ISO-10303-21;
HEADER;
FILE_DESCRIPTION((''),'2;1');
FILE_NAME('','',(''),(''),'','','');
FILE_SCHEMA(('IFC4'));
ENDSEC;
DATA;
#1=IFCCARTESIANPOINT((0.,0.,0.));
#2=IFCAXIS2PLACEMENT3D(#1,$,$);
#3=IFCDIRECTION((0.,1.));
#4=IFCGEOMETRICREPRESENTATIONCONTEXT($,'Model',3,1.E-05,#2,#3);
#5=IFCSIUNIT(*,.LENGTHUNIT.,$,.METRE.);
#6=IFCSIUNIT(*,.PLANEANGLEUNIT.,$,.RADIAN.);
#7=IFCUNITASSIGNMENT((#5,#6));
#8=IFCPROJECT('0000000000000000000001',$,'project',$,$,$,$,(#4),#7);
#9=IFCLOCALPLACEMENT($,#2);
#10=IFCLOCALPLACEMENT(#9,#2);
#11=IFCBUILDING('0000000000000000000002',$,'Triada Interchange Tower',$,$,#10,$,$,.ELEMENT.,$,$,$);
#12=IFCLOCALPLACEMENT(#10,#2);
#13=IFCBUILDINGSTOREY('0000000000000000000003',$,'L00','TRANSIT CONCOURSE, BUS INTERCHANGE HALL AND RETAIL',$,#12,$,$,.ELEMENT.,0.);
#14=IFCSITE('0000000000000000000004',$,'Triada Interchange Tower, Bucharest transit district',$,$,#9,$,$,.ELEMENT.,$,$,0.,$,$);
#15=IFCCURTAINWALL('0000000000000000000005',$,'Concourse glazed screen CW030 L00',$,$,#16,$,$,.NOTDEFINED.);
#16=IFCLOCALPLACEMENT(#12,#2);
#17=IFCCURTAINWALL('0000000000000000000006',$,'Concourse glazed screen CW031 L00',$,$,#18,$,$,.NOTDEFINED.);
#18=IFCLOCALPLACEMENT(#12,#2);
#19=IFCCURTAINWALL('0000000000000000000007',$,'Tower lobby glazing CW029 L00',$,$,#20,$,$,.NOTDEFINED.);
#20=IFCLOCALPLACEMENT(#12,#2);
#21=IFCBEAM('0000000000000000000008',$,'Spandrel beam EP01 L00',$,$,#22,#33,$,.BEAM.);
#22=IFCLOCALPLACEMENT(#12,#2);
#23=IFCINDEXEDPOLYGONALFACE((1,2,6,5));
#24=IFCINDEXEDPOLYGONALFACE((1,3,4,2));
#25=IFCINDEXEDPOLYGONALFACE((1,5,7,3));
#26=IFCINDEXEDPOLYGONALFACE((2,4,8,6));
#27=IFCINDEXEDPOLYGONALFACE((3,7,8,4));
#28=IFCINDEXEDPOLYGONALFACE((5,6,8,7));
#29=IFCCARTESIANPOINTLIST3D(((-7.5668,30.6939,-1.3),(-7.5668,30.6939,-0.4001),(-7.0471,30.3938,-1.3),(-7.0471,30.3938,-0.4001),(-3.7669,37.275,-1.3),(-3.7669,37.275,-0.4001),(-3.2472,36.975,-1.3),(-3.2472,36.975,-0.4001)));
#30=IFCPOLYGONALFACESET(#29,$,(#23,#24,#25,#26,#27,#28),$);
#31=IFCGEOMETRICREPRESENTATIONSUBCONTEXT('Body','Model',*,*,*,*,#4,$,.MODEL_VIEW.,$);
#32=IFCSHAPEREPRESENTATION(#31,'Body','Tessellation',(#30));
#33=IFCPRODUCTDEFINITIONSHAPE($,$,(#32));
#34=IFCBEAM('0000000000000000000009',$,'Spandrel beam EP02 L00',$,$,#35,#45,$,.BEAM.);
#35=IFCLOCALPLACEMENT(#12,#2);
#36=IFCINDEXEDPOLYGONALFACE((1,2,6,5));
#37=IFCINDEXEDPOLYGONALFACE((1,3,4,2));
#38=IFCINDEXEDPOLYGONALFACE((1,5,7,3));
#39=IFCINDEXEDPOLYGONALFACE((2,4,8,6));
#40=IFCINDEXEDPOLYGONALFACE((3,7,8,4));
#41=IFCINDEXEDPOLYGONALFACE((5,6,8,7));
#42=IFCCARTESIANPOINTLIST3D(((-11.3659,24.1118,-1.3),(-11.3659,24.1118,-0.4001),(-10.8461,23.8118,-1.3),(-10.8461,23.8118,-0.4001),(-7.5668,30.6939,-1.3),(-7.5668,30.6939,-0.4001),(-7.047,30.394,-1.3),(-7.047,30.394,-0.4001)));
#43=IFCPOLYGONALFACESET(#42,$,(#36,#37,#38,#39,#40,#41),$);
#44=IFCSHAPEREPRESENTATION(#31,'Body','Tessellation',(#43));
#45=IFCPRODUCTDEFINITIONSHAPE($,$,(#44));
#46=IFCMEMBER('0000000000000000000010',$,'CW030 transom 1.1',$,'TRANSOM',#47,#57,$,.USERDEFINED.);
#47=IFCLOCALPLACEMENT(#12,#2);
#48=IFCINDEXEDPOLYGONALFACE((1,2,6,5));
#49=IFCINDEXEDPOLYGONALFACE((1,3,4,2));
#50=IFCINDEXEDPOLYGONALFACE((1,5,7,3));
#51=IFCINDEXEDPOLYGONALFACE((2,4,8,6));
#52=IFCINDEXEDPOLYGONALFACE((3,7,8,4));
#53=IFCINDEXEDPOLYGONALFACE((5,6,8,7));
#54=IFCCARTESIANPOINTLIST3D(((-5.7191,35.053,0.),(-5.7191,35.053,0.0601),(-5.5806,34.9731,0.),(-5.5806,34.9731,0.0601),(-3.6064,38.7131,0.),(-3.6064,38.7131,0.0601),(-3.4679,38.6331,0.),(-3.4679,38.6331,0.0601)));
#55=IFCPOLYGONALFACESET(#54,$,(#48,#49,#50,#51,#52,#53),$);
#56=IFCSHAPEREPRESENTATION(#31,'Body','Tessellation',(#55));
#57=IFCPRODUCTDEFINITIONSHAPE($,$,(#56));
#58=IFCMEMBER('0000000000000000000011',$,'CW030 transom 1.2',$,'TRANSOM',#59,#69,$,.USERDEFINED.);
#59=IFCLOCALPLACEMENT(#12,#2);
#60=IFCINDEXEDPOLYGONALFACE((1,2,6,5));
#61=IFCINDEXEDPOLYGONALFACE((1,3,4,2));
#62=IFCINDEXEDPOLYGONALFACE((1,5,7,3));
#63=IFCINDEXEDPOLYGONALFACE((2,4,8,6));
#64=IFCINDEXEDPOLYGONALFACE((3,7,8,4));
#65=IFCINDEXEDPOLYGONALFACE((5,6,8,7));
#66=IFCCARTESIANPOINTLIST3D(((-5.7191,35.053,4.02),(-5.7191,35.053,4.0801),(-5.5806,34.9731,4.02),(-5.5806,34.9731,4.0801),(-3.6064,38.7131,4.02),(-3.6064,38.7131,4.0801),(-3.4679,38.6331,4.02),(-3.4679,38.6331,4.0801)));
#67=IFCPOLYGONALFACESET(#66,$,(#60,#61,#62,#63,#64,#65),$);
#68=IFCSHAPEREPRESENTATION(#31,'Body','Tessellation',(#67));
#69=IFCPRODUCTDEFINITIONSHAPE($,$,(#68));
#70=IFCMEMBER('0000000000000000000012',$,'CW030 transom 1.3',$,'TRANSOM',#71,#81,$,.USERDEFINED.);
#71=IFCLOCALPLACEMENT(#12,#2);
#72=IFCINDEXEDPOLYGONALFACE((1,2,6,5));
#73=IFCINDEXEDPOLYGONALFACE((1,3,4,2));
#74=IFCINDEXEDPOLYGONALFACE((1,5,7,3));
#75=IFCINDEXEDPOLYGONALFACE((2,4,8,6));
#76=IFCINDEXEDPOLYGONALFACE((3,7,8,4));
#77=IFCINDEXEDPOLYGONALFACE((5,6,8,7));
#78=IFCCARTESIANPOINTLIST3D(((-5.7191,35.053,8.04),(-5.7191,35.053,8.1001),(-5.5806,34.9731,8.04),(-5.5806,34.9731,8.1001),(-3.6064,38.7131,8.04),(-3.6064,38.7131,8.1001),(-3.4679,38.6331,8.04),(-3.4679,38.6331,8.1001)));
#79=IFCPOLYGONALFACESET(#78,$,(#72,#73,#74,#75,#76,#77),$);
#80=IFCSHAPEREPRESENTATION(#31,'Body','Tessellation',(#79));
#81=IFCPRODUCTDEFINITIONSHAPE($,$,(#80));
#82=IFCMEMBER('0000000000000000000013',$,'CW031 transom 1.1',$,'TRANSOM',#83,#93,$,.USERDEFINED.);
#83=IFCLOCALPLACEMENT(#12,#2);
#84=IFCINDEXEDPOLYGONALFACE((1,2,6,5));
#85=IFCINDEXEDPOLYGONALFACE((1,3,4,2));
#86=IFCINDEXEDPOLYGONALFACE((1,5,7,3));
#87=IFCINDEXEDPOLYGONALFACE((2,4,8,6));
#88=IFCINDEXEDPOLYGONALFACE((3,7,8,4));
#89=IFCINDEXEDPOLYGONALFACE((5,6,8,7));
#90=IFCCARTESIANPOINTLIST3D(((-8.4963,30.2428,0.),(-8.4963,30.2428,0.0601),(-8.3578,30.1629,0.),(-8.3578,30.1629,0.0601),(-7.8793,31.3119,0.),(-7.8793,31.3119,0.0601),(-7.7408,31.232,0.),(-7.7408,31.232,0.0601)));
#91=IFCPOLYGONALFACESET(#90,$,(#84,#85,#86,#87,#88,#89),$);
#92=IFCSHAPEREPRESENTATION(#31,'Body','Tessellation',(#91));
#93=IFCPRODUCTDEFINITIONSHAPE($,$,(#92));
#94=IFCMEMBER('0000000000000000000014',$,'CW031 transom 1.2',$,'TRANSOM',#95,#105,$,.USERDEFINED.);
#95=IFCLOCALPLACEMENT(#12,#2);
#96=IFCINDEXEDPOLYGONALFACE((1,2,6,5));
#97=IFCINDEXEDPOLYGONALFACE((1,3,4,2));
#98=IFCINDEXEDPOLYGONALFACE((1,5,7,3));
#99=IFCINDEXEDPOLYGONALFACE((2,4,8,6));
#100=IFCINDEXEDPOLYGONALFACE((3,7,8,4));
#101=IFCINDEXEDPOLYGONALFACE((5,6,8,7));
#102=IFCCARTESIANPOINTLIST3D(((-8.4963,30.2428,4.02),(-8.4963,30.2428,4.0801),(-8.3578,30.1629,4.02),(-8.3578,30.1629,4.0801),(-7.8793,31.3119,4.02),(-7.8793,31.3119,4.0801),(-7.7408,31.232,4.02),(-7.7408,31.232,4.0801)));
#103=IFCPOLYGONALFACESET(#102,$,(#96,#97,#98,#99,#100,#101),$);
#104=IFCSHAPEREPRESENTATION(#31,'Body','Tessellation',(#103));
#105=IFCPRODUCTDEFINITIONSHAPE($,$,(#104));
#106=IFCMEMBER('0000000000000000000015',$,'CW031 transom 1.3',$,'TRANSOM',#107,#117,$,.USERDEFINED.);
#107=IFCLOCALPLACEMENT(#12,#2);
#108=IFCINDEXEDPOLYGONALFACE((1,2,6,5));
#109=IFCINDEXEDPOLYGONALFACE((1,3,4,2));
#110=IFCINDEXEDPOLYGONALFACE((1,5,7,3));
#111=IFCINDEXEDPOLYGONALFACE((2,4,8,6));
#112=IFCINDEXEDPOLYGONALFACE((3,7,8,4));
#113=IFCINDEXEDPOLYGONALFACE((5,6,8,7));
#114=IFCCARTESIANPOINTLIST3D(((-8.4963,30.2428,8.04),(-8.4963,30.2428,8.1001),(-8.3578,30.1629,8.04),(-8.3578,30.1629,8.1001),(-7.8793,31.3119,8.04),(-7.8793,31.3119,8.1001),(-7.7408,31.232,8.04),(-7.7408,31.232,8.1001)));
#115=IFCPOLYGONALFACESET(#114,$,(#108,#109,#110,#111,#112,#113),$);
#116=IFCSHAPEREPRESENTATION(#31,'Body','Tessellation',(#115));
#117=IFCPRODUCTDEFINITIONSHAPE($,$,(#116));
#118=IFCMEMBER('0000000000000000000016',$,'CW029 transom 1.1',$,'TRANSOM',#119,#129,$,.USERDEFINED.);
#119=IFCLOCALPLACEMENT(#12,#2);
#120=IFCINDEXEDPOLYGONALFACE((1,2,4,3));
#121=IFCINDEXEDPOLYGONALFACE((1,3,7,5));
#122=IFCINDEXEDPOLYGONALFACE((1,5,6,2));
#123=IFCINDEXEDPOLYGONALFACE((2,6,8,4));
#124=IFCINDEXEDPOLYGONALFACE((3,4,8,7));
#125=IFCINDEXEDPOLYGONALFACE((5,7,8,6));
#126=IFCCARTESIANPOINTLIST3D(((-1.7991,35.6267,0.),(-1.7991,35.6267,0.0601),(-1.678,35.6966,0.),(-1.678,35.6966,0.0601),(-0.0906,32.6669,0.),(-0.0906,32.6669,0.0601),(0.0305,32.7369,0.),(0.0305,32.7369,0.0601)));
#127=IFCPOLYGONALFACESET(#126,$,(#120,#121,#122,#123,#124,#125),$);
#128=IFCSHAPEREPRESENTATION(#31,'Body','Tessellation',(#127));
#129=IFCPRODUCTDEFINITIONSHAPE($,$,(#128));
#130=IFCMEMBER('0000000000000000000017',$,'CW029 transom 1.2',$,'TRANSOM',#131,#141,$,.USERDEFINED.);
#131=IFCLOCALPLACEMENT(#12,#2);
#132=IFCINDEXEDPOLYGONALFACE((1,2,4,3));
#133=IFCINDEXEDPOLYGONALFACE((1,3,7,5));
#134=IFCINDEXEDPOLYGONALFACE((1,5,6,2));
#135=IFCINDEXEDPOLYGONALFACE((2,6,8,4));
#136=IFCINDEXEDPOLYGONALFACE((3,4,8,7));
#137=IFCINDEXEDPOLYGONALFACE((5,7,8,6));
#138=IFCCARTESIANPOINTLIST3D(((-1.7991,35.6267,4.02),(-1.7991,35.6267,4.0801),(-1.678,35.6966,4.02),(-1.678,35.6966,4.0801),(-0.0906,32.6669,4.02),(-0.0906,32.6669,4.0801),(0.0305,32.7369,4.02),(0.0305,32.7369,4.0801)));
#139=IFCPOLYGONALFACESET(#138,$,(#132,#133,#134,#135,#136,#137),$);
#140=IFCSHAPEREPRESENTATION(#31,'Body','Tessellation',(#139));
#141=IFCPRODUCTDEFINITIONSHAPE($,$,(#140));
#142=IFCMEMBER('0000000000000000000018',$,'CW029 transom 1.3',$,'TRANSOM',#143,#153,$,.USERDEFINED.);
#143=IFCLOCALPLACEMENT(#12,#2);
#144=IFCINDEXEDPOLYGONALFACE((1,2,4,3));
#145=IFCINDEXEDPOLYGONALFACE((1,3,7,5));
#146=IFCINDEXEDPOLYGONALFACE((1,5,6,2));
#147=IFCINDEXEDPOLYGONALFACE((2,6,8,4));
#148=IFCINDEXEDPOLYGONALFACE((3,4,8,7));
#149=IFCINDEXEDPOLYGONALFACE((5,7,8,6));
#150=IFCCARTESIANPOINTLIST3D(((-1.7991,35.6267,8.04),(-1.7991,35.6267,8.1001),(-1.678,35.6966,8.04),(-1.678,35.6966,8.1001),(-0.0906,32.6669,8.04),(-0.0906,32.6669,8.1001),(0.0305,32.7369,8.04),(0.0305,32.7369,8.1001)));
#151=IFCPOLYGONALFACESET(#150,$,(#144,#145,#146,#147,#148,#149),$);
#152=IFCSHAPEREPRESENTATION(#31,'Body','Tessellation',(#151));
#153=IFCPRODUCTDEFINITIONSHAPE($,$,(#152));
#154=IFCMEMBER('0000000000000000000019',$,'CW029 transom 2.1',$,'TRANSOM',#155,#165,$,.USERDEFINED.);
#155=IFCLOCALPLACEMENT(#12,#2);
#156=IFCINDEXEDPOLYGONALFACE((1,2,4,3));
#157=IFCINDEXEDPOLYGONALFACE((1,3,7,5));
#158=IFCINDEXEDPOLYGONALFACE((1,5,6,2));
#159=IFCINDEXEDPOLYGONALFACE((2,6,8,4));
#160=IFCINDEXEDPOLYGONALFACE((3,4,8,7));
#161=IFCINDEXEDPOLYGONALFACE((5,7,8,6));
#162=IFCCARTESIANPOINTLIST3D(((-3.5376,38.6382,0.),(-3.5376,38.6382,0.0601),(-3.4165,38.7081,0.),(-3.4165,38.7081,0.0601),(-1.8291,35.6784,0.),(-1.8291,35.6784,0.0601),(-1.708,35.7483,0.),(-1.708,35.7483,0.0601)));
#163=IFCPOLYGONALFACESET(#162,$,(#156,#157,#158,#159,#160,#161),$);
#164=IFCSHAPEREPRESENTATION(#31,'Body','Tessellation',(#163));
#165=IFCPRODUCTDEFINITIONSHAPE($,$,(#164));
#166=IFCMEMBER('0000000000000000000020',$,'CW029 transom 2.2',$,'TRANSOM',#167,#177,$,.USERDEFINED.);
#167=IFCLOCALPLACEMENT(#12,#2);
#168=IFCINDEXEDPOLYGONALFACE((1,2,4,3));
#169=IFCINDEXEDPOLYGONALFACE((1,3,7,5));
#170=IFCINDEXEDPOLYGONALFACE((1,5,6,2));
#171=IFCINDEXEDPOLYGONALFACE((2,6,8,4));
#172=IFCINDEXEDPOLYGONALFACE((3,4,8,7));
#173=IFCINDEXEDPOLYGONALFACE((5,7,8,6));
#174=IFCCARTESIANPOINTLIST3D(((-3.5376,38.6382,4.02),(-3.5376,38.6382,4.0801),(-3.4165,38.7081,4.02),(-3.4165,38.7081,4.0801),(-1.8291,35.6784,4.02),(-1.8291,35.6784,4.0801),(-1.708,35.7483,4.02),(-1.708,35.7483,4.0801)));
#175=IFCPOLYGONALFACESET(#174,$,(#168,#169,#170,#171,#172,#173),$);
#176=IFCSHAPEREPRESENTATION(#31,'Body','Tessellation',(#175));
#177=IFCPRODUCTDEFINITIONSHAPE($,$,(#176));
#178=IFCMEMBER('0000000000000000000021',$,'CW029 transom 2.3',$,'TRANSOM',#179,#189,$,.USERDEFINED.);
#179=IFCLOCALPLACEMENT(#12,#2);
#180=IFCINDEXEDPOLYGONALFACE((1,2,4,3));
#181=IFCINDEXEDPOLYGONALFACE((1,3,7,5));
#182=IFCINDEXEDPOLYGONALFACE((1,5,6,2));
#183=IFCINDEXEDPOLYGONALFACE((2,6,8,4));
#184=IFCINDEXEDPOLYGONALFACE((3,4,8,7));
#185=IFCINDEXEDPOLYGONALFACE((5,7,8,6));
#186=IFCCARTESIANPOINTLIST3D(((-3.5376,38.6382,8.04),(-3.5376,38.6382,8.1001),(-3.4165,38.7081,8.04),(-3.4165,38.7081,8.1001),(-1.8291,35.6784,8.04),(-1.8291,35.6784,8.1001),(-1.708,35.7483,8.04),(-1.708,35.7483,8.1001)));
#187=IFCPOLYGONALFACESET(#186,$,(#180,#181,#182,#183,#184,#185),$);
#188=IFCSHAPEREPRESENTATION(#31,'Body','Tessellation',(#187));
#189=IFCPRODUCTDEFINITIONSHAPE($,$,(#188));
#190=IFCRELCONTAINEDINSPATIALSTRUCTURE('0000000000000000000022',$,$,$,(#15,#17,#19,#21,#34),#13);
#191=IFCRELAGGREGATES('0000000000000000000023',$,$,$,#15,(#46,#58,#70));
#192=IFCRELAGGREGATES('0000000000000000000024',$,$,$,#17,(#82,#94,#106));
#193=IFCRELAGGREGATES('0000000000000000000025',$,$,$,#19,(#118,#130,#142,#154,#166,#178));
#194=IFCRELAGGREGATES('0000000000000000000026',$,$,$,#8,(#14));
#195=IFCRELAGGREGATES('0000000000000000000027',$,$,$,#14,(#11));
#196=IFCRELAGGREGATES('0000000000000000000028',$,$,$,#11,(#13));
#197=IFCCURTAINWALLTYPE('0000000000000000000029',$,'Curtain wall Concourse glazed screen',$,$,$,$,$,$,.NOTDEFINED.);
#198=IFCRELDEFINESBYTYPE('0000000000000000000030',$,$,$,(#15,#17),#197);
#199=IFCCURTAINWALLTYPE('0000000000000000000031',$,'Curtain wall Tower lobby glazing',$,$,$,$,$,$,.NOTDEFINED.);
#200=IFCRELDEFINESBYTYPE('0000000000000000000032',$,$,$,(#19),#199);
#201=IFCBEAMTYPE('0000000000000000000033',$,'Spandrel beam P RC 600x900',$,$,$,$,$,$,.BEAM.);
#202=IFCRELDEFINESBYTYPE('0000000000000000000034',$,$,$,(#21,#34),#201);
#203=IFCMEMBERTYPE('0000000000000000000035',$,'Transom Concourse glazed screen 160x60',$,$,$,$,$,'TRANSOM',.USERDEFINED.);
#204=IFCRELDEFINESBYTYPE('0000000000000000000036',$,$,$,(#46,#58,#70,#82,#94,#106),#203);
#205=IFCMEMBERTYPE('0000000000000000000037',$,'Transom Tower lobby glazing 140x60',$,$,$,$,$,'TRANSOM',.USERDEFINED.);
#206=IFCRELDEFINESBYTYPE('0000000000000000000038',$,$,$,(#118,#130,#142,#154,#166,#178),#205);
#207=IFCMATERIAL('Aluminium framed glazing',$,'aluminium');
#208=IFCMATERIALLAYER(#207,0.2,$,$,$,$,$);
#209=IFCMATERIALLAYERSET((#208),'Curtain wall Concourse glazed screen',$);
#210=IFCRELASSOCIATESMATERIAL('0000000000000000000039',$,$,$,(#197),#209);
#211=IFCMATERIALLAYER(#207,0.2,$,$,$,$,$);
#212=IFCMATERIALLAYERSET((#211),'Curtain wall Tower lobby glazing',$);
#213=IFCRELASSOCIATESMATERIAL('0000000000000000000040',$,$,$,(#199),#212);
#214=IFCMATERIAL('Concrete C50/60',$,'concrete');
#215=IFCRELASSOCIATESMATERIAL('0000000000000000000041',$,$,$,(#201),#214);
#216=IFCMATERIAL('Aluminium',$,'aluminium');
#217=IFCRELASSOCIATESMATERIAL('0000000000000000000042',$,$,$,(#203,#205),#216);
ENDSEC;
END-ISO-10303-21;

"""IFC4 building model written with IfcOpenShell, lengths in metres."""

from ifc_helpers import new_model, si_unit, direction, frame, origin, origin_2d, place, context, subcontext, project, spatial, rectangle, extrude, material, layer, layer_set, material_profile, profile_set, type_object, element, aggregate, save


model = new_model("IFC4")

# Units and contexts
model_context = context("Model", 3, precision=1e-05, world=origin(), true_north=direction((0.0, 1.0)))
body_context = subcontext(model_context, "Body", "Model", "MODEL_VIEW")
ifc_project = project(units=[si_unit("LENGTHUNIT", "METRE"), si_unit("PLANEANGLEUNIT", "RADIAN")], contexts=[model_context])

# Site, building, storey
site_placement = place(None, origin())
site = spatial("IfcSite", under=ifc_project, at=site_placement, Name="Triada Interchange Tower, Bucharest transit district", CompositionType="ELEMENT", RefElevation=0.0)
building_placement = place(site_placement, origin())
building = spatial("IfcBuilding", under=site, at=building_placement, Name="Triada Interchange Tower", CompositionType="ELEMENT")
storey_placement = place(building_placement, origin())
storey = spatial("IfcBuildingStorey", under=building, at=storey_placement, Name="L00", Description="TRANSIT CONCOURSE, BUS INTERCHANGE HALL AND RETAIL", CompositionType="ELEMENT", Elevation=0.0)

# Curtain walls
ifc_material_1 = material(Name="Aluminium framed glazing", Category="aluminium")
ifc_layer_1 = layer(ifc_material_1, 0.2)
ifc_layer_set_1 = layer_set([ifc_layer_1], Name="Curtain wall Concourse glazed screen")
curtain_wall_type_1 = type_object("IfcCurtainWallType", Name="Curtain wall Concourse glazed screen", PredefinedType="NOTDEFINED", material=ifc_layer_set_1)
curtain_wall_1_placement = place(storey_placement, origin())
curtain_wall_1 = element("IfcCurtainWall", 1, at=curtain_wall_1_placement, inside=storey, type_object=curtain_wall_type_1, Name="Concourse glazed screen CW030 L00", PredefinedType="NOTDEFINED")
ifc_material_2 = material(Name="Aluminium", Category="aluminium")
curtain_wall_2_placement = place(storey_placement, origin())
curtain_wall_2 = element("IfcCurtainWall", 2, at=curtain_wall_2_placement, inside=storey, type_object=curtain_wall_type_1, Name="Concourse glazed screen CW031 L00", PredefinedType="NOTDEFINED")
ifc_layer_2 = layer(ifc_material_1, 0.2)
ifc_layer_set_2 = layer_set([ifc_layer_2], Name="Curtain wall Tower lobby glazing")
curtain_wall_type_2 = type_object("IfcCurtainWallType", Name="Curtain wall Tower lobby glazing", PredefinedType="NOTDEFINED", material=ifc_layer_set_2)
curtain_wall_3_placement = place(storey_placement, origin())
curtain_wall_3 = element("IfcCurtainWall", 3, at=curtain_wall_3_placement, inside=storey, type_object=curtain_wall_type_2, Name="Tower lobby glazing CW029 L00", PredefinedType="NOTDEFINED")

# Beams
ifc_material_3 = material(Name="Concrete C50/60", Category="concrete")
ifc_material_profile_1 = material_profile(ifc_material_3, rectangle(XDim=0.6001, YDim=0.8999, at=origin_2d()), Name="RC 600x900")
ifc_profile_set_1 = profile_set([ifc_material_profile_1], Name="Concrete C50/60")
beam_type_1 = type_object("IfcBeamType", Name="Spandrel beam P RC 600x900", PredefinedType="BEAM", material=ifc_profile_set_1)
beam_1_placement = place(storey_placement, frame((-3.5071, 37.125, -0.8501), z_axis=(-0.500023, -0.866012, 0.0), x_axis=(0.866012, -0.500023, 0.0)))
element("IfcBeam", 4, at=beam_1_placement, inside=storey, type_object=beam_type_1, Name="Spandrel beam EP01 L00", PredefinedType="BEAM", context=body_context, shape_type="SweptSolid", body=[
    extrude(rectangle(XDim=0.6001, YDim=0.8999, at=origin_2d()), origin(), (0.0, 0.0, 1.0), 7.5994),
])
beam_2_placement = place(storey_placement, frame((-7.3069, 30.5439, -0.8501), z_axis=(-0.499895, -0.866086, 0.0), x_axis=(0.866086, -0.499895, 0.0)))
element("IfcBeam", 5, at=beam_2_placement, inside=storey, type_object=beam_type_1, Name="Spandrel beam EP02 L00", PredefinedType="BEAM", context=body_context, shape_type="SweptSolid", body=[
    extrude(rectangle(XDim=0.6001, YDim=0.8999, at=origin_2d()), origin(), (0.0, 0.0, 1.0), 7.5999),
])

# Members
ifc_material_profile_2 = material_profile(ifc_material_2, rectangle(XDim=0.1599, YDim=0.0601, at=origin_2d()), Name="Aluminium transom")
ifc_profile_set_2 = profile_set([ifc_material_profile_2], Name="Aluminium")
member_type_1 = type_object("IfcMemberType", Name="Transom Concourse glazed screen 160x60", ElementType="TRANSOM", PredefinedType="USERDEFINED", material=ifc_profile_set_2)
member_1_placement = place(storey_placement, frame((-3.5371, 38.6731, 0.03), z_axis=(-0.499929, -0.866066, 0.0), x_axis=(0.866066, -0.499929, 0.0)))
member_1 = element("IfcMember", 6, at=member_1_placement, type_object=member_type_1, Name="CW030 transom 1.1", ObjectType="TRANSOM", PredefinedType="USERDEFINED", context=body_context, shape_type="SweptSolid", body=[
    extrude(rectangle(XDim=0.1599, YDim=0.0601, at=origin_2d()), origin(), (0.0, 0.0, 1.0), 4.2261),
])
member_2_placement = place(storey_placement, frame((-3.5371, 38.6731, 4.05), z_axis=(-0.499929, -0.866066, 0.0), x_axis=(0.866066, -0.499929, 0.0)))
member_2 = element("IfcMember", 7, at=member_2_placement, type_object=member_type_1, Name="CW030 transom 1.2", ObjectType="TRANSOM", PredefinedType="USERDEFINED", context=body_context, shape_type="SweptSolid", body=[
    extrude(rectangle(XDim=0.1599, YDim=0.0601, at=origin_2d()), origin(), (0.0, 0.0, 1.0), 4.2261),
])
member_3_placement = place(storey_placement, frame((-3.5371, 38.6731, 8.0701), z_axis=(-0.499929, -0.866066, 0.0), x_axis=(0.866066, -0.499929, 0.0)))
member_3 = element("IfcMember", 8, at=member_3_placement, type_object=member_type_1, Name="CW030 transom 1.3", ObjectType="TRANSOM", PredefinedType="USERDEFINED", context=body_context, shape_type="SweptSolid", body=[
    extrude(rectangle(XDim=0.1599, YDim=0.0601, at=origin_2d()), origin(), (0.0, 0.0, 1.0), 4.2261),
])
member_4_placement = place(storey_placement, frame((-7.8101, 31.272, 0.03), z_axis=(-0.499819, -0.86613, 0.0), x_axis=(0.86613, -0.499819, 0.0)))
member_4 = element("IfcMember", 9, at=member_4_placement, type_object=member_type_1, Name="CW031 transom 1.1", ObjectType="TRANSOM", PredefinedType="USERDEFINED", context=body_context, shape_type="SweptSolid", body=[
    extrude(rectangle(XDim=0.1599, YDim=0.0601, at=origin_2d()), origin(), (0.0, 0.0, 1.0), 1.2344),
])
member_5_placement = place(storey_placement, frame((-7.8101, 31.272, 4.05), z_axis=(-0.499819, -0.86613, 0.0), x_axis=(0.86613, -0.499819, 0.0)))
member_5 = element("IfcMember", 10, at=member_5_placement, type_object=member_type_1, Name="CW031 transom 1.2", ObjectType="TRANSOM", PredefinedType="USERDEFINED", context=body_context, shape_type="SweptSolid", body=[
    extrude(rectangle(XDim=0.1599, YDim=0.0601, at=origin_2d()), origin(), (0.0, 0.0, 1.0), 1.2344),
])
member_6_placement = place(storey_placement, frame((-7.8101, 31.272, 8.0701), z_axis=(-0.499819, -0.86613, 0.0), x_axis=(0.86613, -0.499819, 0.0)))
member_6 = element("IfcMember", 11, at=member_6_placement, type_object=member_type_1, Name="CW031 transom 1.3", ObjectType="TRANSOM", PredefinedType="USERDEFINED", context=body_context, shape_type="SweptSolid", body=[
    extrude(rectangle(XDim=0.1599, YDim=0.0601, at=origin_2d()), origin(), (0.0, 0.0, 1.0), 1.2344),
])
ifc_material_profile_3 = material_profile(ifc_material_2, rectangle(XDim=0.1399, YDim=0.0601, at=origin_2d()), Name="Aluminium transom")
ifc_profile_set_3 = profile_set([ifc_material_profile_3], Name="Aluminium")
member_type_2 = type_object("IfcMemberType", Name="Transom Tower lobby glazing 140x60", ElementType="TRANSOM", PredefinedType="USERDEFINED", material=ifc_profile_set_3)
member_7_placement = place(storey_placement, frame((-0.03, 32.7019, 0.03), z_axis=(-0.499935, 0.866063, 0.0), x_axis=(-0.866063, -0.499935, 0.0)))
member_7 = element("IfcMember", 12, at=member_7_placement, type_object=member_type_2, Name="CW029 transom 1.1", ObjectType="TRANSOM", PredefinedType="USERDEFINED", context=body_context, shape_type="SweptSolid", body=[
    extrude(rectangle(XDim=0.1399, YDim=0.0601, at=origin_2d()), origin(), (0.0, 0.0, 1.0), 3.4175),
])
member_8_placement = place(storey_placement, frame((-0.03, 32.7019, 4.05), z_axis=(-0.499935, 0.866063, 0.0), x_axis=(-0.866063, -0.499935, 0.0)))
member_8 = element("IfcMember", 13, at=member_8_placement, type_object=member_type_2, Name="CW029 transom 1.2", ObjectType="TRANSOM", PredefinedType="USERDEFINED", context=body_context, shape_type="SweptSolid", body=[
    extrude(rectangle(XDim=0.1399, YDim=0.0601, at=origin_2d()), origin(), (0.0, 0.0, 1.0), 3.4175),
])
member_9_placement = place(storey_placement, frame((-0.03, 32.7019, 8.0701), z_axis=(-0.499935, 0.866063, 0.0), x_axis=(-0.866063, -0.499935, 0.0)))
member_9 = element("IfcMember", 14, at=member_9_placement, type_object=member_type_2, Name="CW029 transom 1.3", ObjectType="TRANSOM", PredefinedType="USERDEFINED", context=body_context, shape_type="SweptSolid", body=[
    extrude(rectangle(XDim=0.1399, YDim=0.0601, at=origin_2d()), origin(), (0.0, 0.0, 1.0), 3.4175),
])
member_10_placement = place(storey_placement, frame((-1.7686, 35.7134, 0.03), z_axis=(-0.499935, 0.866063, 0.0), x_axis=(-0.866063, -0.499935, 0.0)))
member_10 = element("IfcMember", 15, at=member_10_placement, type_object=member_type_2, Name="CW029 transom 2.1", ObjectType="TRANSOM", PredefinedType="USERDEFINED", context=body_context, shape_type="SweptSolid", body=[
    extrude(rectangle(XDim=0.1399, YDim=0.0601, at=origin_2d()), origin(), (0.0, 0.0, 1.0), 3.4175),
])
member_11_placement = place(storey_placement, frame((-1.7686, 35.7134, 4.05), z_axis=(-0.499935, 0.866063, 0.0), x_axis=(-0.866063, -0.499935, 0.0)))
member_11 = element("IfcMember", 16, at=member_11_placement, type_object=member_type_2, Name="CW029 transom 2.2", ObjectType="TRANSOM", PredefinedType="USERDEFINED", context=body_context, shape_type="SweptSolid", body=[
    extrude(rectangle(XDim=0.1399, YDim=0.0601, at=origin_2d()), origin(), (0.0, 0.0, 1.0), 3.4175),
])
member_12_placement = place(storey_placement, frame((-1.7686, 35.7134, 8.0701), z_axis=(-0.499935, 0.866063, 0.0), x_axis=(-0.866063, -0.499935, 0.0)))
member_12 = element("IfcMember", 17, at=member_12_placement, type_object=member_type_2, Name="CW029 transom 2.3", ObjectType="TRANSOM", PredefinedType="USERDEFINED", context=body_context, shape_type="SweptSolid", body=[
    extrude(rectangle(XDim=0.1399, YDim=0.0601, at=origin_2d()), origin(), (0.0, 0.0, 1.0), 3.4175),
])

aggregate(curtain_wall_1, [member_1, member_2, member_3])
aggregate(curtain_wall_2, [member_4, member_5, member_6])
aggregate(curtain_wall_3, [member_7, member_8, member_9, member_10, member_11, member_12])

save(model, "model.ifc")
